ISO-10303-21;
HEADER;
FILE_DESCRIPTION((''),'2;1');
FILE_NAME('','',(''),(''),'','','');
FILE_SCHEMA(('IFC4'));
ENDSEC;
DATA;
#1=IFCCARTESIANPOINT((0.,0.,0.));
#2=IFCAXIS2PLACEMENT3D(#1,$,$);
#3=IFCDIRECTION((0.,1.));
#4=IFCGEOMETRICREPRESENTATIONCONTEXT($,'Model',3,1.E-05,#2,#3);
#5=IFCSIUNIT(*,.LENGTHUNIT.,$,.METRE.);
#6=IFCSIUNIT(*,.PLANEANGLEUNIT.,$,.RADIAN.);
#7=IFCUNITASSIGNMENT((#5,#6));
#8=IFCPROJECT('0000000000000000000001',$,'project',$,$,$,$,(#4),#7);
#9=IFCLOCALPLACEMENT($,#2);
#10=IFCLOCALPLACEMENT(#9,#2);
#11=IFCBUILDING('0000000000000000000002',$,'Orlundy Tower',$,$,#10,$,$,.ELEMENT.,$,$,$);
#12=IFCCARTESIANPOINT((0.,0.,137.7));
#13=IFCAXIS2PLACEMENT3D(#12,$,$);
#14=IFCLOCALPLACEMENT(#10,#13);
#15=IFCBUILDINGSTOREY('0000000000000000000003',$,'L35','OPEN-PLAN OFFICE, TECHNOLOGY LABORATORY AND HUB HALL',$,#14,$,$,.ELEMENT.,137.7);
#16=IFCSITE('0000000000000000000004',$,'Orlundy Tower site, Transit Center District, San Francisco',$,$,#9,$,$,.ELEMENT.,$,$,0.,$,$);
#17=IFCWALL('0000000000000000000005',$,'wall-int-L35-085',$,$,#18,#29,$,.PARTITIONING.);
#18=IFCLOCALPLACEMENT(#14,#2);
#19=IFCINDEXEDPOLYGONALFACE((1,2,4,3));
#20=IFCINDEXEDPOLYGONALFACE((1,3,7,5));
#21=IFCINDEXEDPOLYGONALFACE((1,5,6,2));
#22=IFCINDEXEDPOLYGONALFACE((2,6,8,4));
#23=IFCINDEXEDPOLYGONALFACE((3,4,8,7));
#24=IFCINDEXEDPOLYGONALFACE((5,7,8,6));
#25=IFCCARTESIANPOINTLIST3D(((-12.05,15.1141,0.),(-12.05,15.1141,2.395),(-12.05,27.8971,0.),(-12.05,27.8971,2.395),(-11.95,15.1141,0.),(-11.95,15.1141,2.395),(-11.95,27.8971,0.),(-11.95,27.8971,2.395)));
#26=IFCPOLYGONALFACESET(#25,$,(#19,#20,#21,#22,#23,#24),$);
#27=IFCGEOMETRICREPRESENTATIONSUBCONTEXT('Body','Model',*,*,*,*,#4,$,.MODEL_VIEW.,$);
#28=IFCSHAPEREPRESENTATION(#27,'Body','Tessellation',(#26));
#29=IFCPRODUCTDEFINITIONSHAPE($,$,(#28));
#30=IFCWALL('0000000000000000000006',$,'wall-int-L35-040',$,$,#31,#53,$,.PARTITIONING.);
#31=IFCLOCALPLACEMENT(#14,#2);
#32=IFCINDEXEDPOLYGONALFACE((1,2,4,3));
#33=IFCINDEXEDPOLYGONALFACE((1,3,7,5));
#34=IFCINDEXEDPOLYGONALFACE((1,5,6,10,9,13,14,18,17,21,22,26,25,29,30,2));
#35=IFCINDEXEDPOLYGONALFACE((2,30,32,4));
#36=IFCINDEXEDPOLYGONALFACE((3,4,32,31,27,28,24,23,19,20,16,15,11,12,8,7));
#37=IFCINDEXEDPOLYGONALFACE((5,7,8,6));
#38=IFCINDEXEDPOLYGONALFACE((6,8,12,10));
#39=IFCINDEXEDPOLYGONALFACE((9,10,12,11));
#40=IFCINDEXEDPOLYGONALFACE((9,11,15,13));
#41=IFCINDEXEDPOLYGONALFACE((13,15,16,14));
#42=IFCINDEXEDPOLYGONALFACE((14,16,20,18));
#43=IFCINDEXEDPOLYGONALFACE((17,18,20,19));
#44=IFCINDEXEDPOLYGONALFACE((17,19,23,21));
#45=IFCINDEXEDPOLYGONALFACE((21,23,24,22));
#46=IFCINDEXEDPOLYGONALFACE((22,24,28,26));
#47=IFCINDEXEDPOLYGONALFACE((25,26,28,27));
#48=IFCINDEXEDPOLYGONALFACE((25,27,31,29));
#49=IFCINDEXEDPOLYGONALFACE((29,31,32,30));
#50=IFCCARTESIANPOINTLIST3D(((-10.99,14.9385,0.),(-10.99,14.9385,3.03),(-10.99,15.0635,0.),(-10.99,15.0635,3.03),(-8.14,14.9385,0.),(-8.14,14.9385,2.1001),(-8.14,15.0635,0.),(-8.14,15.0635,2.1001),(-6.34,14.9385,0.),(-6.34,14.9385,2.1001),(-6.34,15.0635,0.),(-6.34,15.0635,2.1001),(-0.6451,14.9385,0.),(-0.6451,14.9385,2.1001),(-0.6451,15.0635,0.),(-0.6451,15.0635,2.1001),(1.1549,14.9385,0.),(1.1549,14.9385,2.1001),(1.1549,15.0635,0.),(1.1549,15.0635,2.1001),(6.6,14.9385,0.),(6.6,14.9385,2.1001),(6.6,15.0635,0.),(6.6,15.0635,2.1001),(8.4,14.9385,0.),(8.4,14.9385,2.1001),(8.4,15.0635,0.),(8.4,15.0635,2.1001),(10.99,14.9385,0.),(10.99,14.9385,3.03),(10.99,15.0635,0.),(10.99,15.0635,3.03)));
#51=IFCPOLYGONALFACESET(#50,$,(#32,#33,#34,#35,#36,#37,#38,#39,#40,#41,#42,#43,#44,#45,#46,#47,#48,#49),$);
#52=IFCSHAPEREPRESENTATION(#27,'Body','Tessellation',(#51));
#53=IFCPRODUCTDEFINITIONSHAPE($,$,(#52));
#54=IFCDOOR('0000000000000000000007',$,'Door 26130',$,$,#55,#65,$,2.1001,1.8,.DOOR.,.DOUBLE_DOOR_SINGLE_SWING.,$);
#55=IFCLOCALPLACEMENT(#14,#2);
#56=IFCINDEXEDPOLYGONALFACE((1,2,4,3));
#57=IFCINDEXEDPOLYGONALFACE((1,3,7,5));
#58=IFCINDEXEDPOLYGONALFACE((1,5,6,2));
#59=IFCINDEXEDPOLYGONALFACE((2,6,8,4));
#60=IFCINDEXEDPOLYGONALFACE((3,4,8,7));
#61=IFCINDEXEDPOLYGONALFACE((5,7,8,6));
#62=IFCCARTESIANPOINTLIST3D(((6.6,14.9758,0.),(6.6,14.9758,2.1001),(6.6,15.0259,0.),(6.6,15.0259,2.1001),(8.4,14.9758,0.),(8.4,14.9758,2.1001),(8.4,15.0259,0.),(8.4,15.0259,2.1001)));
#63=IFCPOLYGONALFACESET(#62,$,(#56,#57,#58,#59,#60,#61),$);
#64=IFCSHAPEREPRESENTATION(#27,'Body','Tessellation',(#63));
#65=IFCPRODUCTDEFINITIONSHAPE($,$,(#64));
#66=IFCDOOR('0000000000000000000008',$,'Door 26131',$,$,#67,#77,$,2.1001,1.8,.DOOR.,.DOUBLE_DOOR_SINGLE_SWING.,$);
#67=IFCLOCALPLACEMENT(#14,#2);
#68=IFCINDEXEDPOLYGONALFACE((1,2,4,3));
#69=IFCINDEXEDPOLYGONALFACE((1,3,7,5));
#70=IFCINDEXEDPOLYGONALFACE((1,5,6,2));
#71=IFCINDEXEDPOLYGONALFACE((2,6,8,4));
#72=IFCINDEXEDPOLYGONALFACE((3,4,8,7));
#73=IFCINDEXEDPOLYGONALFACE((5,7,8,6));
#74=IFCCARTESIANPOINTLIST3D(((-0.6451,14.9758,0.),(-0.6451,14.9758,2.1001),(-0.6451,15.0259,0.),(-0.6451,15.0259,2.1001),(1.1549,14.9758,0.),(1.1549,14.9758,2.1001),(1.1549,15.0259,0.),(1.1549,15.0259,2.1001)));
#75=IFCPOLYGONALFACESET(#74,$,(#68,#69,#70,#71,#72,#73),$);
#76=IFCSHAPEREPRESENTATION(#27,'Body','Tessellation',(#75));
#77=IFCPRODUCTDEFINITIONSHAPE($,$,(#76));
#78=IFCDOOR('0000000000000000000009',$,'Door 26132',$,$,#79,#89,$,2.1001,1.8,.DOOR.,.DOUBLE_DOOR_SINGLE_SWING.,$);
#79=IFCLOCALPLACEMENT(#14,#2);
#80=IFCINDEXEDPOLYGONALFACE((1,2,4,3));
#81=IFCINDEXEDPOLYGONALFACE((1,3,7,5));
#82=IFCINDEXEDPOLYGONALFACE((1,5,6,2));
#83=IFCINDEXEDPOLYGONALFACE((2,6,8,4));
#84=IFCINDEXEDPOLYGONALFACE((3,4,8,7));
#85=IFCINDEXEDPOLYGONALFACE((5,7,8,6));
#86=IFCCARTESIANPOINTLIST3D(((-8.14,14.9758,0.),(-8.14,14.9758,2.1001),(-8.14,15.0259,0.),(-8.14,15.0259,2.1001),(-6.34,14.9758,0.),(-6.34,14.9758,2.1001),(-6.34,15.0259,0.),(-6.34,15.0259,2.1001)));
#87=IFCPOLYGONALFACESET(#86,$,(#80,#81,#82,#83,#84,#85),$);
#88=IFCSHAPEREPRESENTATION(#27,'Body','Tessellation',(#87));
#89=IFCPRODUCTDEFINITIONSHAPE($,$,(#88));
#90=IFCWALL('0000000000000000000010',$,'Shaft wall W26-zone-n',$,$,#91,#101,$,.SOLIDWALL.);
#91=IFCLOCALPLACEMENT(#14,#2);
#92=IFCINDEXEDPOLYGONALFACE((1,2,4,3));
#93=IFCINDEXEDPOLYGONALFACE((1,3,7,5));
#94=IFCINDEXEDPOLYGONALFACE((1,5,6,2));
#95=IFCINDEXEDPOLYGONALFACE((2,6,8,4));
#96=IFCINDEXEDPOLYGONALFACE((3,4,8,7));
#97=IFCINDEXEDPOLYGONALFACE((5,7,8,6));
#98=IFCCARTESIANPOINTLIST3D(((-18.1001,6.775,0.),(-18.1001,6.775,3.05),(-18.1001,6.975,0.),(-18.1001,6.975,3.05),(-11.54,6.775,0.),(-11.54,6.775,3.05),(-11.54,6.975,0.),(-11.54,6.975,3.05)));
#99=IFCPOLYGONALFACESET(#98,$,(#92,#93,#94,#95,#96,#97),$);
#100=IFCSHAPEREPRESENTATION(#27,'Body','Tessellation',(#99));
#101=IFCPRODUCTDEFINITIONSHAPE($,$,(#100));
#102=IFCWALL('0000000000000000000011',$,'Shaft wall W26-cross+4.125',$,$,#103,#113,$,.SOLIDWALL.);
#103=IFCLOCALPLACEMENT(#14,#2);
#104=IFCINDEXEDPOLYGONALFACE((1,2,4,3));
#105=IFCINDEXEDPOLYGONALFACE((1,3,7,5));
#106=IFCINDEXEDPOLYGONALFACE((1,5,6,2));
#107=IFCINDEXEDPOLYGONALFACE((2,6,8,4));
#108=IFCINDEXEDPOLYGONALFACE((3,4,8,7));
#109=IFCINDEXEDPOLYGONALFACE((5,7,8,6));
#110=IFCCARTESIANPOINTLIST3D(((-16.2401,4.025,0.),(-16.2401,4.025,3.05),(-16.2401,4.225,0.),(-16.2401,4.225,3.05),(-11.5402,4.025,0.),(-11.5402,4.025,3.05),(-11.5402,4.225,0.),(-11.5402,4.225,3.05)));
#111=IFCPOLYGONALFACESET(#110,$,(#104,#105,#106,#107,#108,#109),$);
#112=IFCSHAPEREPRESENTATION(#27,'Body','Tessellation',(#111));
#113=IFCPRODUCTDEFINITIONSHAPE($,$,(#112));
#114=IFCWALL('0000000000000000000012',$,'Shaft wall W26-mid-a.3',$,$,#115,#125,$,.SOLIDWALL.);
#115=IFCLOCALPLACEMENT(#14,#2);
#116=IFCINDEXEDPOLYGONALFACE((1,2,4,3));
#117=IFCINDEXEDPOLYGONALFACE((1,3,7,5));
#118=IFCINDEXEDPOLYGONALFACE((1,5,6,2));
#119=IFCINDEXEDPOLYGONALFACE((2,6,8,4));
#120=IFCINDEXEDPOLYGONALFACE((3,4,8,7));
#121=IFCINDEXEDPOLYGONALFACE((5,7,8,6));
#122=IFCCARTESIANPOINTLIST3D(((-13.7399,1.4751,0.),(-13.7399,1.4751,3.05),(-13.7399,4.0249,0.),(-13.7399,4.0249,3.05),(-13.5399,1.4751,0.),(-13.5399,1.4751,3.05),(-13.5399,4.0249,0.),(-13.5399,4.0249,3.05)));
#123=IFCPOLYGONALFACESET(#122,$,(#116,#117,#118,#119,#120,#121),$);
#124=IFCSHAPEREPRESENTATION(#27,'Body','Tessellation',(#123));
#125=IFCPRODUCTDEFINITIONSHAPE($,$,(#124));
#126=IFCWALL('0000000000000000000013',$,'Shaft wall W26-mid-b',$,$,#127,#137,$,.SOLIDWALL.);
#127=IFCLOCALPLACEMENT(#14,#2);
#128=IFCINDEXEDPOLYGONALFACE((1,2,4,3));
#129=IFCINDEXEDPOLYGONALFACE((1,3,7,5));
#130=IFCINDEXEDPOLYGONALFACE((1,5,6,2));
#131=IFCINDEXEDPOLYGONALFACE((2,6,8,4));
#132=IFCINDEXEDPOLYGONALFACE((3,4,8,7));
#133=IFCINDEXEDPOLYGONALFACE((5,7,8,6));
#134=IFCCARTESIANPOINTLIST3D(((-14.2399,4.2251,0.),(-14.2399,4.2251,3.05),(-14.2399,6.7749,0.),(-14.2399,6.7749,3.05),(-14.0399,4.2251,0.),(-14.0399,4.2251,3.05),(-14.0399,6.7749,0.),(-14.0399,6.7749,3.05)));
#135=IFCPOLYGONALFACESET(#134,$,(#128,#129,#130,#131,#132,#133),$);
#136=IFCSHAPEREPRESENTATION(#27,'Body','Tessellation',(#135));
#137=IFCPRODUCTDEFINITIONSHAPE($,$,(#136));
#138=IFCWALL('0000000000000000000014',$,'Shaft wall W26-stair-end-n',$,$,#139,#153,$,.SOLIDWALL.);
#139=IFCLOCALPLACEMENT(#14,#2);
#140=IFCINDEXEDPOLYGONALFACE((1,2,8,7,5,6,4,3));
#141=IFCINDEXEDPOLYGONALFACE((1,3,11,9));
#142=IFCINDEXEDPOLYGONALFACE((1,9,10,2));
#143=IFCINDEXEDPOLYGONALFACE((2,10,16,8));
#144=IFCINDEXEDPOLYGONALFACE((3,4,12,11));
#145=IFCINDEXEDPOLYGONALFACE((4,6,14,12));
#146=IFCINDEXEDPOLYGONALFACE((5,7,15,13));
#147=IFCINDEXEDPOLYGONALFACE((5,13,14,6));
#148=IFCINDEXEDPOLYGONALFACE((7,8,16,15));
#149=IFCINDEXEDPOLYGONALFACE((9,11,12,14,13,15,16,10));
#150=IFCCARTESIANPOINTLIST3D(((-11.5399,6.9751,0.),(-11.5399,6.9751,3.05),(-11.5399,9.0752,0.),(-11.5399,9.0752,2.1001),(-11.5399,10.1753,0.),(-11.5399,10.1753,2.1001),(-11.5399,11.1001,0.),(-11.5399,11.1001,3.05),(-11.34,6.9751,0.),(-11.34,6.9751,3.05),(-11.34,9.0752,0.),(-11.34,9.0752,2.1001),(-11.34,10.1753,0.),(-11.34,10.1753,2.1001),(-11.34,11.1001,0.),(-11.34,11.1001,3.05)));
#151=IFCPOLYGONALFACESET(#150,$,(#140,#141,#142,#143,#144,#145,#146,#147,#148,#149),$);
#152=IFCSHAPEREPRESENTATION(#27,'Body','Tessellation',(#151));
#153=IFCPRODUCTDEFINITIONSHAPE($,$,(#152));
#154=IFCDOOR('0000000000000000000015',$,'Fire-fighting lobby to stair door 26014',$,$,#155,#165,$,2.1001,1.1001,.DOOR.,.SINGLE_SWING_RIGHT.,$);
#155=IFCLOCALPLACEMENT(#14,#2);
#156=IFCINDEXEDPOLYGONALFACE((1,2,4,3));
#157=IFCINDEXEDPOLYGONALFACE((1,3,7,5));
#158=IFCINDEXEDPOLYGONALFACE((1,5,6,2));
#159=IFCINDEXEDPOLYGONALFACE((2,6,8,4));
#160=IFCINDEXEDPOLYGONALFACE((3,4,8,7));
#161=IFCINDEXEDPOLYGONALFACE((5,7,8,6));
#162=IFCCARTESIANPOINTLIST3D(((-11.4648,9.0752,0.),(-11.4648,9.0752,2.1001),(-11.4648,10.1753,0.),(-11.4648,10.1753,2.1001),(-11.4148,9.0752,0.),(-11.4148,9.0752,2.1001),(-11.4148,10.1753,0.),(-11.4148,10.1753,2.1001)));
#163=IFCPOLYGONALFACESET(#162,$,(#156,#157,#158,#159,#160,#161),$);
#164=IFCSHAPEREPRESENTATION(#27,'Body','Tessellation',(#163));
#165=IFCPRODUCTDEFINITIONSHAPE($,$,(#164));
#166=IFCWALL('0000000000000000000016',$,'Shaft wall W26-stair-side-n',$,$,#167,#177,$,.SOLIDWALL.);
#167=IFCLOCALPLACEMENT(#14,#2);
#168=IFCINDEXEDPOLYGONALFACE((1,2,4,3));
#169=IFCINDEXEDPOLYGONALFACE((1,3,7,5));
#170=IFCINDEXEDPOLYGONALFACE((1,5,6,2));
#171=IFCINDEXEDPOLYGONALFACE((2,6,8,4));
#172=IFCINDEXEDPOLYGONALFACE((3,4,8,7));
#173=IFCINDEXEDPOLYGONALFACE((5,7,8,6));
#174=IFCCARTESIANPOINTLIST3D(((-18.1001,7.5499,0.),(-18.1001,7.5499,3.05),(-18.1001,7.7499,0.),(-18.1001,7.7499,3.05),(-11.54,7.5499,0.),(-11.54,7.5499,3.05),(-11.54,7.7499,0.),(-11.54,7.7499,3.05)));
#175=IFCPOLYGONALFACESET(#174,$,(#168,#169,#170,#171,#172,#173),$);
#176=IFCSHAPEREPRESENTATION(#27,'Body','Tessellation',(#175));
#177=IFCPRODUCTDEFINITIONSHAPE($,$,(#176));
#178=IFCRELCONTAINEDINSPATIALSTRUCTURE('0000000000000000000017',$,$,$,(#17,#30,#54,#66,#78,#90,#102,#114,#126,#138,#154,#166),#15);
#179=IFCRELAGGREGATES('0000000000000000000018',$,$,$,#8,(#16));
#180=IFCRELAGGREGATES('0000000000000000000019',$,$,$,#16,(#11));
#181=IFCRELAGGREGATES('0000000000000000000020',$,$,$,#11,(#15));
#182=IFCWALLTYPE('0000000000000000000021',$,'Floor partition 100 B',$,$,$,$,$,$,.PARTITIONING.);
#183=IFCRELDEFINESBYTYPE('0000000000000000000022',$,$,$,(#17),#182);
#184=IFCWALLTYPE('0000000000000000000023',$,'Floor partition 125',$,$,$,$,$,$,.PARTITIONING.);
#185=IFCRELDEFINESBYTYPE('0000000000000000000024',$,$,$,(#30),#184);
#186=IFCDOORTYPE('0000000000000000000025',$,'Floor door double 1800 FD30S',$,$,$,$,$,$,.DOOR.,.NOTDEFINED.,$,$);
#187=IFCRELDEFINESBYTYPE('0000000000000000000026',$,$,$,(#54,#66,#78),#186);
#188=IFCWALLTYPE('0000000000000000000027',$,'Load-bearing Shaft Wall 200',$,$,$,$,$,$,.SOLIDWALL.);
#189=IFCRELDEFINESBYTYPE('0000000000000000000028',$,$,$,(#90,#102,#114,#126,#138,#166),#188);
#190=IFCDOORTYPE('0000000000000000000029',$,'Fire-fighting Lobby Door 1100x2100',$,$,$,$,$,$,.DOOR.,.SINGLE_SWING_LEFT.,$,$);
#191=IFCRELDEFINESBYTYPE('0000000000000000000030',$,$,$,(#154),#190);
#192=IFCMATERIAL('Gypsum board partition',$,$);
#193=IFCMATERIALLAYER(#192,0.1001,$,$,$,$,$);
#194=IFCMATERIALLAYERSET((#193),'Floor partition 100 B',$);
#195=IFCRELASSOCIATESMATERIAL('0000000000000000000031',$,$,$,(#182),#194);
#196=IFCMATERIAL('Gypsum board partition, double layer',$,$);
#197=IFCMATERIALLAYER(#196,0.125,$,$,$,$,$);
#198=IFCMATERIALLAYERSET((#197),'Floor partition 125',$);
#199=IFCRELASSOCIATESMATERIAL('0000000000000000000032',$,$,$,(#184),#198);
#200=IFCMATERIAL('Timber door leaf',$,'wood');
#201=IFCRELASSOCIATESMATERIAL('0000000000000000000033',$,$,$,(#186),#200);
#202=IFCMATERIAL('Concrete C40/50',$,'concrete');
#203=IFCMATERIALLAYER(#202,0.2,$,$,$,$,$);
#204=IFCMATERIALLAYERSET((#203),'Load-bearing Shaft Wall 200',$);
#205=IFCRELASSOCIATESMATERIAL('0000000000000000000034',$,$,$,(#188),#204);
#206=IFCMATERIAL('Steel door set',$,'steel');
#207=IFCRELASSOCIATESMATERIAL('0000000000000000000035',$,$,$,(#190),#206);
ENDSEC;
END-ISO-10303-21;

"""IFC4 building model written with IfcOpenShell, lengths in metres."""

from ifc_helpers import new_model, si_unit, direction, frame, frame_2d, origin, place, context, subcontext, project, spatial, rectangle, extrude, material, layer, layer_set, type_object, element, fill, save


model = new_model("IFC4")

# Units and contexts
model_context = context("Model", 3, precision=1e-05, world=origin(), true_north=direction((0.0, 1.0)))
body_context = subcontext(model_context, "Body", "Model", "MODEL_VIEW")
ifc_project = project(units=[si_unit("LENGTHUNIT", "METRE"), si_unit("PLANEANGLEUNIT", "RADIAN")], contexts=[model_context])

# Site, building, storey
site_placement = place(None, origin())
site = spatial("IfcSite", under=ifc_project, at=site_placement, Name="Orlundy Tower site, Transit Center District, San Francisco", CompositionType="ELEMENT", RefElevation=0.0)
building_placement = place(site_placement, origin())
building = spatial("IfcBuilding", under=site, at=building_placement, Name="Orlundy Tower", CompositionType="ELEMENT")
storey_placement = place(building_placement, frame((0.0, 0.0, 137.7)))
storey = spatial("IfcBuildingStorey", under=building, at=storey_placement, Name="L35", Description="OPEN-PLAN OFFICE, TECHNOLOGY LABORATORY AND HUB HALL", CompositionType="ELEMENT", Elevation=137.7)

# Wall
ifc_material_1 = material(Name="Gypsum board partition")
ifc_layer_1 = layer(ifc_material_1, 0.1001)
ifc_layer_set_1 = layer_set([ifc_layer_1], Name="Floor partition 100 B")
wall_type_1 = type_object("IfcWallType", Name="Floor partition 100 B", PredefinedType="PARTITIONING", material=ifc_layer_set_1)
wall_1_placement = place(storey_placement, frame((-12.0, 15.114, 0.0), z_axis=(0.0, 0.0, 1.0), x_axis=(0.0, 1.0, 0.0)))
element("IfcWall", 1, at=wall_1_placement, inside=storey, type_object=wall_type_1, Name="wall-int-L35-085", PredefinedType="PARTITIONING", context=body_context, shape_type="SweptSolid", body=[
    extrude(rectangle(XDim=12.783, YDim=0.1001, at=frame_2d((6.3916, 0.0))), origin(), (0.0, 0.0, 1.0), 2.395),
])

# Wall, openings, doors
ifc_material_2 = material(Name="Gypsum board partition, double layer")
ifc_layer_2 = layer(ifc_material_2, 0.125)
ifc_layer_set_2 = layer_set([ifc_layer_2], Name="Floor partition 125")
wall_type_2 = type_object("IfcWallType", Name="Floor partition 125", PredefinedType="PARTITIONING", material=ifc_layer_set_2)
wall_2_placement = place(storey_placement, frame((-10.99, 15.001, 0.0), z_axis=(0.0, 0.0, 1.0), x_axis=(1.0, 0.0, 0.0)))
wall_2 = element("IfcWall", 2, at=wall_2_placement, inside=storey, type_object=wall_type_2, Name="wall-int-L35-040", PredefinedType="PARTITIONING", context=body_context, shape_type="SweptSolid", body=[
    extrude(rectangle(XDim=21.98, YDim=0.125, at=frame_2d((10.99, 0.0))), origin(), (0.0, 0.0, 1.0), 3.03),
])
opening_1_placement = place(wall_2_placement, frame((17.5901, 0.0, 0.0)))
opening_1 = element("IfcOpeningElement", 3, at=opening_1_placement, cuts=wall_2, PredefinedType="OPENING", context=body_context, shape_type="SweptSolid", body=[
    extrude(rectangle(XDim=1.8, YDim=2.1001, at=frame_2d((0.8999, 1.05))), frame((0.0, 0.0725, 0.0), z_axis=(0.0, -1.0, 0.0), x_axis=(1.0, 0.0, 0.0)), (0.0, 0.0, 1.0), 0.145),
])
opening_2_placement = place(wall_2_placement, frame((10.345, 0.0, 0.0)))
opening_2 = element("IfcOpeningElement", 4, at=opening_2_placement, cuts=wall_2, PredefinedType="OPENING", context=body_context, shape_type="SweptSolid", body=[
    extrude(rectangle(XDim=1.8, YDim=2.1001, at=frame_2d((0.8999, 1.05))), frame((0.0, 0.0725, 0.0), z_axis=(0.0, -1.0, 0.0), x_axis=(1.0, 0.0, 0.0)), (0.0, 0.0, 1.0), 0.145),
])
opening_3_placement = place(wall_2_placement, frame((2.8501, 0.0, 0.0)))
opening_3 = element("IfcOpeningElement", 5, at=opening_3_placement, cuts=wall_2, PredefinedType="OPENING", context=body_context, shape_type="SweptSolid", body=[
    extrude(rectangle(XDim=1.8, YDim=2.1001, at=frame_2d((0.8999, 1.05))), frame((0.0, 0.0725, 0.0), z_axis=(0.0, -1.0, 0.0), x_axis=(1.0, 0.0, 0.0)), (0.0, 0.0, 1.0), 0.145),
])
ifc_material_3 = material(Name="Timber door leaf", Category="wood")
door_type_1 = type_object("IfcDoorType", Name="Floor door double 1800 FD30S", OperationType="NOTDEFINED", PredefinedType="DOOR", material=ifc_material_3)
door_1_placement = place(opening_1_placement, origin())
door_1 = element("IfcDoor", 6, at=door_1_placement, inside=storey, type_object=door_type_1, Name="Door 26130", OperationType="DOUBLE_DOOR_SINGLE_SWING", OverallHeight=2.1001, OverallWidth=1.8, PredefinedType="DOOR", context=body_context, shape_type="SweptSolid", body=[
    extrude(rectangle(XDim=1.8, YDim=2.1001, at=frame_2d((0.8999, 1.05))), frame((0.0, 0.0249, 0.0), z_axis=(0.0, -1.0, 0.0), x_axis=(1.0, 0.0, 0.0)), (0.0, 0.0, 1.0), 0.05),
])
fill(opening_1, door_1)
door_2_placement = place(opening_2_placement, origin())
door_2 = element("IfcDoor", 7, at=door_2_placement, inside=storey, type_object=door_type_1, Name="Door 26131", OperationType="DOUBLE_DOOR_SINGLE_SWING", OverallHeight=2.1001, OverallWidth=1.8, PredefinedType="DOOR", context=body_context, shape_type="SweptSolid", body=[
    extrude(rectangle(XDim=1.8, YDim=2.1001, at=frame_2d((0.8999, 1.05))), frame((0.0, 0.0249, 0.0), z_axis=(0.0, -1.0, 0.0), x_axis=(1.0, 0.0, 0.0)), (0.0, 0.0, 1.0), 0.05),
])
fill(opening_2, door_2)
door_3_placement = place(opening_3_placement, origin())
door_3 = element("IfcDoor", 8, at=door_3_placement, inside=storey, type_object=door_type_1, Name="Door 26132", OperationType="DOUBLE_DOOR_SINGLE_SWING", OverallHeight=2.1001, OverallWidth=1.8, PredefinedType="DOOR", context=body_context, shape_type="SweptSolid", body=[
    extrude(rectangle(XDim=1.8, YDim=2.1001, at=frame_2d((0.8999, 1.05))), frame((0.0, 0.0249, 0.0), z_axis=(0.0, -1.0, 0.0), x_axis=(1.0, 0.0, 0.0)), (0.0, 0.0, 1.0), 0.05),
])
fill(opening_3, door_3)

# Walls
ifc_material_4 = material(Name="Concrete C40/50", Category="concrete")
ifc_layer_3 = layer(ifc_material_4, 0.2)
ifc_layer_set_3 = layer_set([ifc_layer_3], Name="Load-bearing Shaft Wall 200")
wall_type_3 = type_object("IfcWallType", Name="Load-bearing Shaft Wall 200", PredefinedType="SOLIDWALL", material=ifc_layer_set_3)
wall_3_placement = place(storey_placement, frame((-11.54, 6.875, 0.0), z_axis=(0.0, 0.0, 1.0), x_axis=(-1.0, 0.0, 0.0)))
element("IfcWall", 9, at=wall_3_placement, inside=storey, type_object=wall_type_3, Name="Shaft wall W26-zone-n", PredefinedType="SOLIDWALL", context=body_context, shape_type="SweptSolid", body=[
    extrude(rectangle(XDim=6.5601, YDim=0.2, at=frame_2d((3.28, 0.0))), origin(), (0.0, 0.0, 1.0), 3.05),
])
wall_4_placement = place(storey_placement, frame((-11.54, 4.125, 0.0), z_axis=(0.0, 0.0, 1.0), x_axis=(-1.0, 0.0, 0.0)))
element("IfcWall", 10, at=wall_4_placement, inside=storey, type_object=wall_type_3, Name="Shaft wall W26-cross+4.125", PredefinedType="SOLIDWALL", context=body_context, shape_type="SweptSolid", body=[
    extrude(rectangle(XDim=4.7, YDim=0.2, at=frame_2d((2.3501, 0.0))), origin(), (0.0, 0.0, 1.0), 3.05),
])
for number, where, z_axis, x_axis, name in (
    (11, (-13.6399, 1.4751, 0.0), (0.0, 0.0, 1.0), (0.0, 1.0, 0.0), "Shaft wall W26-mid-a.3"),
    (12, (-14.1399, 4.2251, 0.0), (0.0, 0.0, 1.0), (0.0, 1.0, 0.0), "Shaft wall W26-mid-b"),
):
    element("IfcWall", number, at=place(storey_placement, frame(where, z_axis=z_axis, x_axis=x_axis)), inside=storey, type_object=wall_type_3, Name=name, PredefinedType="SOLIDWALL", context=body_context, shape_type="SweptSolid", body=[
        extrude(rectangle(XDim=2.5498, YDim=0.2, at=frame_2d((1.2749, 0.0))), origin(), (0.0, 0.0, 1.0), 3.05),
    ])

# Wall, opening, door
wall_5_placement = place(storey_placement, frame((-11.4399, 6.9751, 0.0), z_axis=(0.0, 0.0, 1.0), x_axis=(0.0, 1.0, 0.0)))
wall_5 = element("IfcWall", 13, at=wall_5_placement, inside=storey, type_object=wall_type_3, Name="Shaft wall W26-stair-end-n", PredefinedType="SOLIDWALL", context=body_context, shape_type="SweptSolid", body=[
    extrude(rectangle(XDim=4.125, YDim=0.2, at=frame_2d((2.0625, 0.0))), origin(), (0.0, 0.0, 1.0), 3.05),
])
opening_4_placement = place(wall_5_placement, frame((2.1001, 0.0, 0.0)))
opening_4 = element("IfcOpeningElement", 14, at=opening_4_placement, cuts=wall_5, PredefinedType="OPENING", context=body_context, shape_type="SweptSolid", body=[
    extrude(rectangle(XDim=1.1001, YDim=2.1001, at=frame_2d((0.55, 1.05))), frame((0.0, 0.1101, 0.0), z_axis=(0.0, -1.0, 0.0), x_axis=(1.0, 0.0, 0.0)), (0.0, 0.0, 1.0), 0.2202),
])
ifc_material_5 = material(Name="Steel door set", Category="steel")
door_type_2 = type_object("IfcDoorType", Name="Fire-fighting Lobby Door 1100x2100", OperationType="SINGLE_SWING_LEFT", PredefinedType="DOOR", material=ifc_material_5)
door_4_placement = place(opening_4_placement, origin())
door_4 = element("IfcDoor", 15, at=door_4_placement, inside=storey, type_object=door_type_2, Name="Fire-fighting lobby to stair door 26014", OperationType="SINGLE_SWING_RIGHT", OverallHeight=2.1001, OverallWidth=1.1001, PredefinedType="DOOR", context=body_context, shape_type="SweptSolid", body=[
    extrude(rectangle(XDim=1.1001, YDim=2.1001, at=frame_2d((0.55, 1.05))), frame((0.0, 0.0249, 0.0), z_axis=(0.0, -1.0, 0.0), x_axis=(1.0, 0.0, 0.0)), (0.0, 0.0, 1.0), 0.05),
])
fill(opening_4, door_4)

# Wall
wall_6_placement = place(storey_placement, frame((-11.54, 7.6499, 0.0), z_axis=(0.0, 0.0, 1.0), x_axis=(-1.0, 0.0, 0.0)))
element("IfcWall", 16, at=wall_6_placement, inside=storey, type_object=wall_type_3, Name="Shaft wall W26-stair-side-n", PredefinedType="SOLIDWALL", context=body_context, shape_type="SweptSolid", body=[
    extrude(rectangle(XDim=6.5601, YDim=0.2, at=frame_2d((3.28, 0.0))), origin(), (0.0, 0.0, 1.0), 3.05),
])

save(model, "model.ifc")
